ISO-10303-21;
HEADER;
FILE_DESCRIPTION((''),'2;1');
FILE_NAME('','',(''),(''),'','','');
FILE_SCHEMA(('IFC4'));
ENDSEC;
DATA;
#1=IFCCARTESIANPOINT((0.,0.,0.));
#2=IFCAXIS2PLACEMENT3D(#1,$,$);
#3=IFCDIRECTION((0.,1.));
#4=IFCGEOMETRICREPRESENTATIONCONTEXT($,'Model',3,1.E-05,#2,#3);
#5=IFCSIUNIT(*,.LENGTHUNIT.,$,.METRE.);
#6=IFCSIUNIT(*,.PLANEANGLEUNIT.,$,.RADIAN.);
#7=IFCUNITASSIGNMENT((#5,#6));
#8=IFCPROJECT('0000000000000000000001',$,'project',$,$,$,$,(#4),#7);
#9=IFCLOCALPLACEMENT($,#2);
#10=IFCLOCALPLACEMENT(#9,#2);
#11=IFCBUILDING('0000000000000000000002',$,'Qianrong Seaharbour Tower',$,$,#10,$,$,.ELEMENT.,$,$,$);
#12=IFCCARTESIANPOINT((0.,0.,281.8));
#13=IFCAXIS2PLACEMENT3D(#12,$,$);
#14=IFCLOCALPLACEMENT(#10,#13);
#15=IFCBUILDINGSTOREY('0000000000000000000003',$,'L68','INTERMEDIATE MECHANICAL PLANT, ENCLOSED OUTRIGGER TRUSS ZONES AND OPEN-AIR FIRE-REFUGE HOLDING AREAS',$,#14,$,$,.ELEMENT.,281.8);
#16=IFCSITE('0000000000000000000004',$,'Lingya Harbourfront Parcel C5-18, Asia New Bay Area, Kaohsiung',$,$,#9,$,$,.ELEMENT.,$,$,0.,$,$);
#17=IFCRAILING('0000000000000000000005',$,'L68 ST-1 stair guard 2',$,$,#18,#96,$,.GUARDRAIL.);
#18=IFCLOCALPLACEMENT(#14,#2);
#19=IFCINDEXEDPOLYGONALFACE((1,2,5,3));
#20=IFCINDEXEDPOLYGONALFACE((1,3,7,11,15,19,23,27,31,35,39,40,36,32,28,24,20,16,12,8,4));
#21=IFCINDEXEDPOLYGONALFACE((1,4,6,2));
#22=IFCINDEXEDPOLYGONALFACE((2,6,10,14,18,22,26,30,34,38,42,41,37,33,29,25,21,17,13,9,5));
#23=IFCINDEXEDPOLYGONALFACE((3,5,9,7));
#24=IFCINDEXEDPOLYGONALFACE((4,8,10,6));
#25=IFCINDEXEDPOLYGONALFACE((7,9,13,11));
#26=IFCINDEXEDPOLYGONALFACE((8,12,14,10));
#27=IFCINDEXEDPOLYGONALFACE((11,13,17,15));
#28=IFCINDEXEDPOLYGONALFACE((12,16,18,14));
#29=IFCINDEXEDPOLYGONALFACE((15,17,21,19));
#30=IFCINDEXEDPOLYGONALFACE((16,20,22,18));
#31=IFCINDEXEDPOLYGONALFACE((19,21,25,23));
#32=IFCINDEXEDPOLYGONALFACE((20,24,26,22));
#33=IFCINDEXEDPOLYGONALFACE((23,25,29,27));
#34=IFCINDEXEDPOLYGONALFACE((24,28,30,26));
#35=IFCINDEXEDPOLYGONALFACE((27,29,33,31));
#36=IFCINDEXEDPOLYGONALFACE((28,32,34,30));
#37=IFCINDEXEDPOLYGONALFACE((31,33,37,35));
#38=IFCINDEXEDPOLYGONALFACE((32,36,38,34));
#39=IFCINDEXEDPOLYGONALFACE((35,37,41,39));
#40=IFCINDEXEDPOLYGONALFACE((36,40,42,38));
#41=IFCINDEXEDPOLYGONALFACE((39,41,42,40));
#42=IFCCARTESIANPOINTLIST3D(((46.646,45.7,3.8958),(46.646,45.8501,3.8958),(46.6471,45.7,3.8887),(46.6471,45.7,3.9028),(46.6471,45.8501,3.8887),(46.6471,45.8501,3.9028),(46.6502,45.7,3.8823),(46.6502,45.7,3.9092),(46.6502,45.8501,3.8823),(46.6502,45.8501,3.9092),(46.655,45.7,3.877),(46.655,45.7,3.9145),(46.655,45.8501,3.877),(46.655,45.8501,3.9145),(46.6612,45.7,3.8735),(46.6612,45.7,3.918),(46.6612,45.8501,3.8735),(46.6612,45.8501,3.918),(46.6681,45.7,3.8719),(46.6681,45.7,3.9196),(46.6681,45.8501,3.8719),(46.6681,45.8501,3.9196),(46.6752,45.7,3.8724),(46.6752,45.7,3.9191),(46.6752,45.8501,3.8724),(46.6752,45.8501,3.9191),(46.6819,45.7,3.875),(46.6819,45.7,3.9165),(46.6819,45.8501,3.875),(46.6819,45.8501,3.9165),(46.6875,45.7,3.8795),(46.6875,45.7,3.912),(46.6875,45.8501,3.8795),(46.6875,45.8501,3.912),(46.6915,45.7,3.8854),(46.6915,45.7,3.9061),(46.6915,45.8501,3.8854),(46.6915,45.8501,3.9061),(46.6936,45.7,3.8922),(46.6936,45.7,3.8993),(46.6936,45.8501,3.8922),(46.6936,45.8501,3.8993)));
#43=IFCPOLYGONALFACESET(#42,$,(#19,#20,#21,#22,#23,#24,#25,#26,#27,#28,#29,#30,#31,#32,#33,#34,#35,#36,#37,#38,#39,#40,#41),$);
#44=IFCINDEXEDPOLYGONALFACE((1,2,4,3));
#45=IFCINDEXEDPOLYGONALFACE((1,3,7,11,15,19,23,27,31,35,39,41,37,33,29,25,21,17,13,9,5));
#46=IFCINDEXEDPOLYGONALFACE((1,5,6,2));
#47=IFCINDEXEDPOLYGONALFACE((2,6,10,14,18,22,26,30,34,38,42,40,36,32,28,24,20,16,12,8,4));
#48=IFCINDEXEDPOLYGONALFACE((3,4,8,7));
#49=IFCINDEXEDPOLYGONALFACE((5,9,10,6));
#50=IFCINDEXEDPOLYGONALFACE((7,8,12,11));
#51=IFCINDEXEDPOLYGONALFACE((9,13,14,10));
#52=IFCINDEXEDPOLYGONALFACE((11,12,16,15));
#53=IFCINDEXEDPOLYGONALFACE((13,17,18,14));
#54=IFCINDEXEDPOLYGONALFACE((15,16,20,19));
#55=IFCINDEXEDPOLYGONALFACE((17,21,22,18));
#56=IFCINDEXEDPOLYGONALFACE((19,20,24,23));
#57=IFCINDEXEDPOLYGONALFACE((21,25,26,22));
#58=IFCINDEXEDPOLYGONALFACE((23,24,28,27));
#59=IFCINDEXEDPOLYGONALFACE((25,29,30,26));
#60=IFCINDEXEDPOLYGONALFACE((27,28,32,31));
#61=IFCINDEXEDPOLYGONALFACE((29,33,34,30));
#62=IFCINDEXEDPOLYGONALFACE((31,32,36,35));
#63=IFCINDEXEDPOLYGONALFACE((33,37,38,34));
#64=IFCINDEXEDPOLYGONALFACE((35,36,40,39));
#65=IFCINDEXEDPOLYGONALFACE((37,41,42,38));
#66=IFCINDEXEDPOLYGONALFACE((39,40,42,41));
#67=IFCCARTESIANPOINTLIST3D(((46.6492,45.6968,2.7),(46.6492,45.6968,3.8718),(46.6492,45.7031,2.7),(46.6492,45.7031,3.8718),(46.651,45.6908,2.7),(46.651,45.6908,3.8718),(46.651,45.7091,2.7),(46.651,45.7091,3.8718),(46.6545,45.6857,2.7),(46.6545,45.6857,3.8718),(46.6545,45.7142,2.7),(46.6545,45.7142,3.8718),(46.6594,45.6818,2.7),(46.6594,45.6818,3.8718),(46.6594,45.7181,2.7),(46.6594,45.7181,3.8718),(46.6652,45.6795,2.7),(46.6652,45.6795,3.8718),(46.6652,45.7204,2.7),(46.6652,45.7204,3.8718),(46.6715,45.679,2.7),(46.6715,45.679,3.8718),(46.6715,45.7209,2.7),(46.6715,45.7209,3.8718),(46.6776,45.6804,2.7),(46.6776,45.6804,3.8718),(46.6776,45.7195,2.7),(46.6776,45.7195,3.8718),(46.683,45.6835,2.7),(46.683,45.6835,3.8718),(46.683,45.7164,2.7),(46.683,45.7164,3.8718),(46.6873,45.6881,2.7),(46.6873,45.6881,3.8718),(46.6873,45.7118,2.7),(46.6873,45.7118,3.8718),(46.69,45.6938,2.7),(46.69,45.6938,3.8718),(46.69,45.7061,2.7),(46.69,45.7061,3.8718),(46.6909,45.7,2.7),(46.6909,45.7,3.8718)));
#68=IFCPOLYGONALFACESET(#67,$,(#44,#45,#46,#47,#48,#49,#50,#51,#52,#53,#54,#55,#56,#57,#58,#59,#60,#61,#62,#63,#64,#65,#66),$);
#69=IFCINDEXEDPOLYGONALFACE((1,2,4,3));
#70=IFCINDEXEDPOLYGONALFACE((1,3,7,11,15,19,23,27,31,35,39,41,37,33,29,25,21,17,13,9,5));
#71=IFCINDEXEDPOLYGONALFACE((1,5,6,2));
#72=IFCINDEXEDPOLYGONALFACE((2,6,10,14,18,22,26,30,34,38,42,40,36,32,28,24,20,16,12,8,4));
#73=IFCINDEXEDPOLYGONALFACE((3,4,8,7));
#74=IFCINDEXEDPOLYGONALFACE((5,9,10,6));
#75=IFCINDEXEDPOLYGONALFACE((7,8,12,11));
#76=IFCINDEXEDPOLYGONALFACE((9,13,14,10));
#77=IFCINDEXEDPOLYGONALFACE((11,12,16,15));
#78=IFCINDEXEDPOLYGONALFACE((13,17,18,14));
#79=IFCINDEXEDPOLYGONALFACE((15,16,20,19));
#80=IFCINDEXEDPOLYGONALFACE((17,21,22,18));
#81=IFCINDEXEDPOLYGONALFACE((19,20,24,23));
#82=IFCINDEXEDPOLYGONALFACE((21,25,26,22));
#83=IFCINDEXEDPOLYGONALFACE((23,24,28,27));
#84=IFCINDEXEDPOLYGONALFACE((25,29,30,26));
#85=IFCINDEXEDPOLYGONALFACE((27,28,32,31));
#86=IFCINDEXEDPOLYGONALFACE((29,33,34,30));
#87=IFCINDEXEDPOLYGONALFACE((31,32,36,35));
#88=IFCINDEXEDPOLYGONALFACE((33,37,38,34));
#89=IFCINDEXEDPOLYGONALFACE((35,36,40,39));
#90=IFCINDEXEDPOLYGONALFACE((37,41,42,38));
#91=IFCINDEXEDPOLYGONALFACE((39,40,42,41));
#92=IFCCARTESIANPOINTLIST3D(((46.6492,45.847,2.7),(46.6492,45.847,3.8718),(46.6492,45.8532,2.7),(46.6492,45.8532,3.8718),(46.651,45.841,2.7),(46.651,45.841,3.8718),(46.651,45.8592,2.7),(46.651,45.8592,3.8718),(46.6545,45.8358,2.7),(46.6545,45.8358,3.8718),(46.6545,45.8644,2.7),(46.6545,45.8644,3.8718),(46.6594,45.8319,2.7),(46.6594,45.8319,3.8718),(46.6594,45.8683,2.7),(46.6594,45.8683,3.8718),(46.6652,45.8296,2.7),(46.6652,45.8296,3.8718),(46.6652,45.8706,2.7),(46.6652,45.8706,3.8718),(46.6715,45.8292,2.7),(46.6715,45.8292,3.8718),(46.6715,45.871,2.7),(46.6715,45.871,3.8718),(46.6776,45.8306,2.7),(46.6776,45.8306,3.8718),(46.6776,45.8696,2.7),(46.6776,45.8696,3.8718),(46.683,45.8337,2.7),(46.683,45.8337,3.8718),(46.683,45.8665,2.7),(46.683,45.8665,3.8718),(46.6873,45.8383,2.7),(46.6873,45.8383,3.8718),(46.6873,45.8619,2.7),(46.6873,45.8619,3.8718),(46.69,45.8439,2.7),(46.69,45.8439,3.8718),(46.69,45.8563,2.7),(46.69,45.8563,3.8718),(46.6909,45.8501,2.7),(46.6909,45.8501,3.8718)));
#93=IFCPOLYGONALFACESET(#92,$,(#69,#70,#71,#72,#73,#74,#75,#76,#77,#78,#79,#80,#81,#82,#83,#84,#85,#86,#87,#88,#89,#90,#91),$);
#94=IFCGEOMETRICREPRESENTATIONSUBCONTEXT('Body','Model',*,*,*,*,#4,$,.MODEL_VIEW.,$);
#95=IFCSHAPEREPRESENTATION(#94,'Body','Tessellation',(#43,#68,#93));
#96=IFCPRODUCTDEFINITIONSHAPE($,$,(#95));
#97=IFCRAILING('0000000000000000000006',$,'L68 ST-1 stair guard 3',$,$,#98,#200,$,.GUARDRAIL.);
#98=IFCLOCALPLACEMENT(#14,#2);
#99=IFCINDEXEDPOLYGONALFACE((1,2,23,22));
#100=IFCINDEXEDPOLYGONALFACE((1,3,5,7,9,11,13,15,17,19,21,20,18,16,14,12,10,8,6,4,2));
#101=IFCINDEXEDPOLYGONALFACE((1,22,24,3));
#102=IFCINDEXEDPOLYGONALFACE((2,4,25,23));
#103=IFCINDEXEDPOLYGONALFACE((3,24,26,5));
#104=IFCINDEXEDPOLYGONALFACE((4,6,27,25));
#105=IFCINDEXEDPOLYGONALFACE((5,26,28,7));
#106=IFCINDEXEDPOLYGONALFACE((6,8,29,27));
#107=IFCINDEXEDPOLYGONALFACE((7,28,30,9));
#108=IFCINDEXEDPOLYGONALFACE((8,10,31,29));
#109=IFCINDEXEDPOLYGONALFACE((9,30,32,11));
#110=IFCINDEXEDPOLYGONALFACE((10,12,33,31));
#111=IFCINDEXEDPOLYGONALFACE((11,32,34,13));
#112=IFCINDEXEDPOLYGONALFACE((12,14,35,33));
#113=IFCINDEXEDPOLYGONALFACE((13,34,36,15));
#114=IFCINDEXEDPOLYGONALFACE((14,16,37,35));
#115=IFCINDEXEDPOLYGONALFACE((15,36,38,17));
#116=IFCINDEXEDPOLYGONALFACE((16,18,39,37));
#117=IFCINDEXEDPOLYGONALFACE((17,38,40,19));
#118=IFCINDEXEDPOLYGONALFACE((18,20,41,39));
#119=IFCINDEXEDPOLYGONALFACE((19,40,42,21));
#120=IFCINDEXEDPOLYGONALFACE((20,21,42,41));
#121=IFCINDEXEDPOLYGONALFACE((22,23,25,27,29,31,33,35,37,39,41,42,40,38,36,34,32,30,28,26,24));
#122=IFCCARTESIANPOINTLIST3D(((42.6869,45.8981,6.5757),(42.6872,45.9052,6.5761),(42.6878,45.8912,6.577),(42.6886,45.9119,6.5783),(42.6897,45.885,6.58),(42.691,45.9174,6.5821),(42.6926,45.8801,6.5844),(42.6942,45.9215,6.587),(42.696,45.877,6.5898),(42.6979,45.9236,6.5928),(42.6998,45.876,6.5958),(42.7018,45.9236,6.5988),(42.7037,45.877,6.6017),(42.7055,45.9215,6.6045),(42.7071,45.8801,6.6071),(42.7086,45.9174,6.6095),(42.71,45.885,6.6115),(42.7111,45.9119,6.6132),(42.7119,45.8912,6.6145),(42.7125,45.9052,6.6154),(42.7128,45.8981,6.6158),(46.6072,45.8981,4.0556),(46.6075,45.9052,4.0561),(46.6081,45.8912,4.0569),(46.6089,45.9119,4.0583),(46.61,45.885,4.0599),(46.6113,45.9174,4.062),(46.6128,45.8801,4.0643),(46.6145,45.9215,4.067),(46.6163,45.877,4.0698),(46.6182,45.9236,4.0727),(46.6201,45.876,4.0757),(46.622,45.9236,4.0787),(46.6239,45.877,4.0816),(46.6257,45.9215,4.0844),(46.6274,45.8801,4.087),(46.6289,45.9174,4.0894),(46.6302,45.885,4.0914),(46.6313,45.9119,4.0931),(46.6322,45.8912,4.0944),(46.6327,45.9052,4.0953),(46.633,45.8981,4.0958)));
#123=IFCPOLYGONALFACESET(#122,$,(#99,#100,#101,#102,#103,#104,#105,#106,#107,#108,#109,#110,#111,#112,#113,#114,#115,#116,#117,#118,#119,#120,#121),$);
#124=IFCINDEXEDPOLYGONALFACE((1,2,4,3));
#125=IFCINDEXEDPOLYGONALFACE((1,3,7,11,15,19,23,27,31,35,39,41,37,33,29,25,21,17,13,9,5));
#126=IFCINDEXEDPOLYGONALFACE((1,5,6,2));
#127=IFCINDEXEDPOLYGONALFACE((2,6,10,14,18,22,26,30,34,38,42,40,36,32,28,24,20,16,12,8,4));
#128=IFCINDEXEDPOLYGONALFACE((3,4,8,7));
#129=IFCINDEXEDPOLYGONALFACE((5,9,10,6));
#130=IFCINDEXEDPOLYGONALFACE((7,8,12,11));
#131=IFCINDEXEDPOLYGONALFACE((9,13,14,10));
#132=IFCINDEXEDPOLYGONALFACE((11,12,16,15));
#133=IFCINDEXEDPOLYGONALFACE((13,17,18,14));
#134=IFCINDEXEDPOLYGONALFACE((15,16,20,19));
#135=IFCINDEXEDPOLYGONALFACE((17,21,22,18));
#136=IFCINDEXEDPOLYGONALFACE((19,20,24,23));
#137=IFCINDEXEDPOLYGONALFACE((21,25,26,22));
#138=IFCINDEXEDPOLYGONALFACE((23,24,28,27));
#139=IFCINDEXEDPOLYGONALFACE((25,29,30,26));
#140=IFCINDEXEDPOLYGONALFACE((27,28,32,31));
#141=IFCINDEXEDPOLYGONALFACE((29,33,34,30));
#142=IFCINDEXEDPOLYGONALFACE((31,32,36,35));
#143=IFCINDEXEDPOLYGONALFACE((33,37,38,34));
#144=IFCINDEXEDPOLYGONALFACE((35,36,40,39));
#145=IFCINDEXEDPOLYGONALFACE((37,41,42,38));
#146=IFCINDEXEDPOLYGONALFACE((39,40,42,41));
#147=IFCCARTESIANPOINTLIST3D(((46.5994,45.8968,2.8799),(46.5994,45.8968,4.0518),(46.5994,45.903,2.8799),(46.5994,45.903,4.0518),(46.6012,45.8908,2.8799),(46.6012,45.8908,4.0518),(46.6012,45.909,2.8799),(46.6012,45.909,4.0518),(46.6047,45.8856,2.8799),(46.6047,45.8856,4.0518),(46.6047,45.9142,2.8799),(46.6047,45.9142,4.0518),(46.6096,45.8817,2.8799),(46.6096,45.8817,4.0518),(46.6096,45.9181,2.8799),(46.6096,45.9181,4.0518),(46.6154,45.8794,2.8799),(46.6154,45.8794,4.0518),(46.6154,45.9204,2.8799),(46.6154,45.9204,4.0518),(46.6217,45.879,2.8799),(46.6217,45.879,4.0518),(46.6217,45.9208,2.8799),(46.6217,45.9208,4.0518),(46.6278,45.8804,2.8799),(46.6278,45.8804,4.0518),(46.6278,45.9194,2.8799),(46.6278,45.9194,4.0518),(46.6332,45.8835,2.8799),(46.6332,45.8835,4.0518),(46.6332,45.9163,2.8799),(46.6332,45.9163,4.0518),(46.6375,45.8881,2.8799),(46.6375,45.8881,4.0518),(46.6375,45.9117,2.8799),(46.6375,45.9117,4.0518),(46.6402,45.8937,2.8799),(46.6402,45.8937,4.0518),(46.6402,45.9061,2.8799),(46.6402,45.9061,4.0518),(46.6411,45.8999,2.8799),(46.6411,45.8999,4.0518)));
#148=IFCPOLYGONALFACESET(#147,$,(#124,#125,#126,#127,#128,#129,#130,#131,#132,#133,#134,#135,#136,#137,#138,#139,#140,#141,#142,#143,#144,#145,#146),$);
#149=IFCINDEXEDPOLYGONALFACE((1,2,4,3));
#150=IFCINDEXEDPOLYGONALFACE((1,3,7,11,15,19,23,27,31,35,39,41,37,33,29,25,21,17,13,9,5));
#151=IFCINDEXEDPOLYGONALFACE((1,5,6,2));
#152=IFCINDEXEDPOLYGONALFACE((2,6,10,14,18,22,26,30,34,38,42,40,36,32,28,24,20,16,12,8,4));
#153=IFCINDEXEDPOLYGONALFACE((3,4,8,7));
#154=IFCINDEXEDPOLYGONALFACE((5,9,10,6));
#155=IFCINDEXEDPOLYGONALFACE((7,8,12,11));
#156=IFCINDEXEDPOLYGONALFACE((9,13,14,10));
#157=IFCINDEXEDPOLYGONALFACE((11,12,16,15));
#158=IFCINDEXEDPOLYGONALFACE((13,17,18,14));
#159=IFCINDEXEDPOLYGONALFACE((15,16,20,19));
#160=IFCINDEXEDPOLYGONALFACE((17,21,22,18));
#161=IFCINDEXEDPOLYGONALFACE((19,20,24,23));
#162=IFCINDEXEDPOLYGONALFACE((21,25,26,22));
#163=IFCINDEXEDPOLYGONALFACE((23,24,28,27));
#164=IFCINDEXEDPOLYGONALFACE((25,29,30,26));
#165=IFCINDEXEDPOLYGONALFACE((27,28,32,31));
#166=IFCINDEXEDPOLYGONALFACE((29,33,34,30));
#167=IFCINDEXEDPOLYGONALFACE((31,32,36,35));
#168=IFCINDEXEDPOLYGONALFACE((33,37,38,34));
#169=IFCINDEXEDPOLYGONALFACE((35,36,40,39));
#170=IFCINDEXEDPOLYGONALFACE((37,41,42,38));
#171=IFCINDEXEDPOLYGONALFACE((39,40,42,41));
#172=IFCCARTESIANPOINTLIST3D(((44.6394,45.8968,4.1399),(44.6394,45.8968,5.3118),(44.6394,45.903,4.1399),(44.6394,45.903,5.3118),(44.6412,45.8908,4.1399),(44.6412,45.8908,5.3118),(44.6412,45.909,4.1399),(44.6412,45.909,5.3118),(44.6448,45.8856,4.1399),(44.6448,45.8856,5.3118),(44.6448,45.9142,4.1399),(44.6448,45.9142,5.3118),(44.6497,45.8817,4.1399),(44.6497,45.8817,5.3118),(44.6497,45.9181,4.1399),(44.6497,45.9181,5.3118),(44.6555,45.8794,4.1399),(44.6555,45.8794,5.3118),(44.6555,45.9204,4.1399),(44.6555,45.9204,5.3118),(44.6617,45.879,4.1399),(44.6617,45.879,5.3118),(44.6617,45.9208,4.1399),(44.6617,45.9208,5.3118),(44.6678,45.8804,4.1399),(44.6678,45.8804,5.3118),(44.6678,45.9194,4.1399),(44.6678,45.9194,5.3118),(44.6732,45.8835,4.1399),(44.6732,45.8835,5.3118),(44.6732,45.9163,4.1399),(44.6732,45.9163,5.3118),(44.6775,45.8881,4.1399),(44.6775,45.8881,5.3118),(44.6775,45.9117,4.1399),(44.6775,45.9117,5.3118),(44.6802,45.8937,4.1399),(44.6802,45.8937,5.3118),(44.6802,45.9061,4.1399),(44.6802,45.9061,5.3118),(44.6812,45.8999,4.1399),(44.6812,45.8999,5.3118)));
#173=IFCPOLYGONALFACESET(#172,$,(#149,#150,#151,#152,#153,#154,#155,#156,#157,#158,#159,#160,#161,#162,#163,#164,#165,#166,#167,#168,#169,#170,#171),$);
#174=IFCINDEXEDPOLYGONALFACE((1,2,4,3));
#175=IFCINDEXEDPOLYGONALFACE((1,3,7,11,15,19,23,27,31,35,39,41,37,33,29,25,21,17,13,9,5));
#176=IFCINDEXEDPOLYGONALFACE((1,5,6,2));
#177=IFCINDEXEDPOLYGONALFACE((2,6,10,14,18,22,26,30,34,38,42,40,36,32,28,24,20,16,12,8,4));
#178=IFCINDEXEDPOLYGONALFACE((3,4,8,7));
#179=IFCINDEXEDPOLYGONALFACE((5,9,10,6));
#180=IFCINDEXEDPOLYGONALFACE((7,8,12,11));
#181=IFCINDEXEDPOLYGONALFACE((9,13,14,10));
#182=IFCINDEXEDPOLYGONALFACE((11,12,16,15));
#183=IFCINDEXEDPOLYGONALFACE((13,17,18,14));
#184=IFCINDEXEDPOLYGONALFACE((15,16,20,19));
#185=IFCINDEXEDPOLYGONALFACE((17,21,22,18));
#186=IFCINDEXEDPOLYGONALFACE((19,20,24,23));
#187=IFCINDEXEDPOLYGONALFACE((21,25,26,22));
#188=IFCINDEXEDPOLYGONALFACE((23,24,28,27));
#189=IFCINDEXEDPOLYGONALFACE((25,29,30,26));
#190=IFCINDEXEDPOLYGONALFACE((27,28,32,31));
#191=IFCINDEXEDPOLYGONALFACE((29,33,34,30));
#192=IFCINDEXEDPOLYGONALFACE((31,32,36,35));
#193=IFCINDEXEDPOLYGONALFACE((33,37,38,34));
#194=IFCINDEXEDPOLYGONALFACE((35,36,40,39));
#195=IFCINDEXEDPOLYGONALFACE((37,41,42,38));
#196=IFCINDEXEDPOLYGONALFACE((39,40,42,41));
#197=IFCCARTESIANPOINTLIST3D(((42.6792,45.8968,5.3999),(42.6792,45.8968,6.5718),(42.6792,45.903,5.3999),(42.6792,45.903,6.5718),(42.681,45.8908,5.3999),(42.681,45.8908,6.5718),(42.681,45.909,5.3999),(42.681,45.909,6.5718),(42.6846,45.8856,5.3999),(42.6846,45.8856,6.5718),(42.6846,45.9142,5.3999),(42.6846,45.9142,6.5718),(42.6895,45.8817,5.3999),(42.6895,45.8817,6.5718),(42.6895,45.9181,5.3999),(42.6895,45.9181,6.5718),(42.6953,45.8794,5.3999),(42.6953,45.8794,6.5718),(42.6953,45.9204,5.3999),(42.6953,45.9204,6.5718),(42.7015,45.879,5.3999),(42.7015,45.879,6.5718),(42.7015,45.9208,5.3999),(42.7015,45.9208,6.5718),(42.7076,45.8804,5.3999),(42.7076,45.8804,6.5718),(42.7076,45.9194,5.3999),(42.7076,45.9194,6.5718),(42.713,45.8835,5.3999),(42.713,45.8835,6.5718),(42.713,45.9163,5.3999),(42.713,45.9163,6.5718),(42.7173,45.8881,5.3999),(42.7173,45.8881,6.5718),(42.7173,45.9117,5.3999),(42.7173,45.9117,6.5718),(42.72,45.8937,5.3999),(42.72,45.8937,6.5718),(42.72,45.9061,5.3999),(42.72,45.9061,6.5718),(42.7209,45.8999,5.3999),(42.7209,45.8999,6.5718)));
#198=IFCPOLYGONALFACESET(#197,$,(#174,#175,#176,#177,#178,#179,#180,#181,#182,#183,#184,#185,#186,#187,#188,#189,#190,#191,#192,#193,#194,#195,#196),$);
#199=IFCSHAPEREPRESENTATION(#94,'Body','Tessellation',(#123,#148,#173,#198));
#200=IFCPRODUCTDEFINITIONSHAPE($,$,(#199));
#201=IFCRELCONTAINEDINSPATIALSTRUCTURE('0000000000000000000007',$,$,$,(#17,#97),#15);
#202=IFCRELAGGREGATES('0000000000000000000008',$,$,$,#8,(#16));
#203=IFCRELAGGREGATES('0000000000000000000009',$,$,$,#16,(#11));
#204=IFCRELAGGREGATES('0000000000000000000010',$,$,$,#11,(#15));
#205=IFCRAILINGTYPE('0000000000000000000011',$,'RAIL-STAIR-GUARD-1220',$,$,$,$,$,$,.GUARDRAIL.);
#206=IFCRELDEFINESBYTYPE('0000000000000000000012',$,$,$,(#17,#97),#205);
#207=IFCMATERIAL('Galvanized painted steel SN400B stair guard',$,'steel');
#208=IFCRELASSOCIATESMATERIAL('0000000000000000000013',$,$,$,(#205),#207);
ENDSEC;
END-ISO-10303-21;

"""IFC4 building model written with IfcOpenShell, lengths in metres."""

from ifc_helpers import new_model, si_unit, direction, frame, origin, origin_2d, place, context, subcontext, project, spatial, circle, extrude, material, type_object, element, save


model = new_model("IFC4")

# Units and contexts
model_context = context("Model", 3, precision=1e-05, world=origin(), true_north=direction((0.0, 1.0)))
body_context = subcontext(model_context, "Body", "Model", "MODEL_VIEW")
ifc_project = project(units=[si_unit("LENGTHUNIT", "METRE"), si_unit("PLANEANGLEUNIT", "RADIAN")], contexts=[model_context])

# Site, building, storey
site_placement = place(None, origin())
site = spatial("IfcSite", under=ifc_project, at=site_placement, Name="Lingya Harbourfront Parcel C5-18, Asia New Bay Area, Kaohsiung", CompositionType="ELEMENT", RefElevation=0.0)
building_placement = place(site_placement, origin())
building = spatial("IfcBuilding", under=site, at=building_placement, Name="Qianrong Seaharbour Tower", CompositionType="ELEMENT")
storey_placement = place(building_placement, frame((0.0, 0.0, 281.8)))
storey = spatial("IfcBuildingStorey", under=building, at=storey_placement, Name="L68", Description="INTERMEDIATE MECHANICAL PLANT, ENCLOSED OUTRIGGER TRUSS ZONES AND OPEN-AIR FIRE-REFUGE HOLDING AREAS", CompositionType="ELEMENT", Elevation=281.8)

# Railings
ifc_material_1 = material(Name="Galvanized painted steel SN400B stair guard", Category="steel")
railing_type_1 = type_object("IfcRailingType", Name="RAIL-STAIR-GUARD-1220", PredefinedType="GUARDRAIL", material=ifc_material_1)
railing_1_placement = place(storey_placement, frame((46.6699, 45.7, 2.7)))
element("IfcRailing", 1, at=railing_1_placement, inside=storey, type_object=railing_type_1, Name="L68 ST-1 stair guard 2", PredefinedType="GUARDRAIL", context=body_context, shape_type="SweptSolid", body=[
    extrude(circle(Radius=0.0239, at=origin_2d()), frame((0.0, 0.0, 1.1958), z_axis=(0.0, 1.0, 0.0), x_axis=(-1.0, 0.0, 0.0)), (0.0, 0.0, 1.0), 0.1501),
    extrude(circle(Radius=0.021, at=origin_2d()), origin(), (0.0, 0.0, 1.0), 1.1719),
    extrude(circle(Radius=0.021, at=origin_2d()), frame((0.0, 0.1501, 0.0)), (0.0, 0.0, 1.0), 1.1719),
])
railing_2_placement = place(storey_placement, frame((46.6201, 45.8999, 2.8799)))
element("IfcRailing", 2, at=railing_2_placement, inside=storey, type_object=railing_type_1, Name="L68 ST-1 stair guard 3", PredefinedType="GUARDRAIL", context=body_context, shape_type="SweptSolid", body=[
    extrude(circle(Radius=0.0239, at=origin_2d()), frame((0.0, 0.0, 1.1958), z_axis=(-0.841187, 0.0, 0.540744), x_axis=(0.0, -1.0, 0.0)), (0.0, 0.0, 1.0), 4.6604),
    extrude(circle(Radius=0.021, at=origin_2d()), origin(), (0.0, 0.0, 1.0), 1.1719),
    extrude(circle(Radius=0.021, at=origin_2d()), frame((-1.96, 0.0, 1.26)), (0.0, 0.0, 1.0), 1.1719),
    extrude(circle(Radius=0.021, at=origin_2d()), frame((-3.9202, 0.0, 2.52)), (0.0, 0.0, 1.0), 1.1719),
])

save(model, "model.ifc")
